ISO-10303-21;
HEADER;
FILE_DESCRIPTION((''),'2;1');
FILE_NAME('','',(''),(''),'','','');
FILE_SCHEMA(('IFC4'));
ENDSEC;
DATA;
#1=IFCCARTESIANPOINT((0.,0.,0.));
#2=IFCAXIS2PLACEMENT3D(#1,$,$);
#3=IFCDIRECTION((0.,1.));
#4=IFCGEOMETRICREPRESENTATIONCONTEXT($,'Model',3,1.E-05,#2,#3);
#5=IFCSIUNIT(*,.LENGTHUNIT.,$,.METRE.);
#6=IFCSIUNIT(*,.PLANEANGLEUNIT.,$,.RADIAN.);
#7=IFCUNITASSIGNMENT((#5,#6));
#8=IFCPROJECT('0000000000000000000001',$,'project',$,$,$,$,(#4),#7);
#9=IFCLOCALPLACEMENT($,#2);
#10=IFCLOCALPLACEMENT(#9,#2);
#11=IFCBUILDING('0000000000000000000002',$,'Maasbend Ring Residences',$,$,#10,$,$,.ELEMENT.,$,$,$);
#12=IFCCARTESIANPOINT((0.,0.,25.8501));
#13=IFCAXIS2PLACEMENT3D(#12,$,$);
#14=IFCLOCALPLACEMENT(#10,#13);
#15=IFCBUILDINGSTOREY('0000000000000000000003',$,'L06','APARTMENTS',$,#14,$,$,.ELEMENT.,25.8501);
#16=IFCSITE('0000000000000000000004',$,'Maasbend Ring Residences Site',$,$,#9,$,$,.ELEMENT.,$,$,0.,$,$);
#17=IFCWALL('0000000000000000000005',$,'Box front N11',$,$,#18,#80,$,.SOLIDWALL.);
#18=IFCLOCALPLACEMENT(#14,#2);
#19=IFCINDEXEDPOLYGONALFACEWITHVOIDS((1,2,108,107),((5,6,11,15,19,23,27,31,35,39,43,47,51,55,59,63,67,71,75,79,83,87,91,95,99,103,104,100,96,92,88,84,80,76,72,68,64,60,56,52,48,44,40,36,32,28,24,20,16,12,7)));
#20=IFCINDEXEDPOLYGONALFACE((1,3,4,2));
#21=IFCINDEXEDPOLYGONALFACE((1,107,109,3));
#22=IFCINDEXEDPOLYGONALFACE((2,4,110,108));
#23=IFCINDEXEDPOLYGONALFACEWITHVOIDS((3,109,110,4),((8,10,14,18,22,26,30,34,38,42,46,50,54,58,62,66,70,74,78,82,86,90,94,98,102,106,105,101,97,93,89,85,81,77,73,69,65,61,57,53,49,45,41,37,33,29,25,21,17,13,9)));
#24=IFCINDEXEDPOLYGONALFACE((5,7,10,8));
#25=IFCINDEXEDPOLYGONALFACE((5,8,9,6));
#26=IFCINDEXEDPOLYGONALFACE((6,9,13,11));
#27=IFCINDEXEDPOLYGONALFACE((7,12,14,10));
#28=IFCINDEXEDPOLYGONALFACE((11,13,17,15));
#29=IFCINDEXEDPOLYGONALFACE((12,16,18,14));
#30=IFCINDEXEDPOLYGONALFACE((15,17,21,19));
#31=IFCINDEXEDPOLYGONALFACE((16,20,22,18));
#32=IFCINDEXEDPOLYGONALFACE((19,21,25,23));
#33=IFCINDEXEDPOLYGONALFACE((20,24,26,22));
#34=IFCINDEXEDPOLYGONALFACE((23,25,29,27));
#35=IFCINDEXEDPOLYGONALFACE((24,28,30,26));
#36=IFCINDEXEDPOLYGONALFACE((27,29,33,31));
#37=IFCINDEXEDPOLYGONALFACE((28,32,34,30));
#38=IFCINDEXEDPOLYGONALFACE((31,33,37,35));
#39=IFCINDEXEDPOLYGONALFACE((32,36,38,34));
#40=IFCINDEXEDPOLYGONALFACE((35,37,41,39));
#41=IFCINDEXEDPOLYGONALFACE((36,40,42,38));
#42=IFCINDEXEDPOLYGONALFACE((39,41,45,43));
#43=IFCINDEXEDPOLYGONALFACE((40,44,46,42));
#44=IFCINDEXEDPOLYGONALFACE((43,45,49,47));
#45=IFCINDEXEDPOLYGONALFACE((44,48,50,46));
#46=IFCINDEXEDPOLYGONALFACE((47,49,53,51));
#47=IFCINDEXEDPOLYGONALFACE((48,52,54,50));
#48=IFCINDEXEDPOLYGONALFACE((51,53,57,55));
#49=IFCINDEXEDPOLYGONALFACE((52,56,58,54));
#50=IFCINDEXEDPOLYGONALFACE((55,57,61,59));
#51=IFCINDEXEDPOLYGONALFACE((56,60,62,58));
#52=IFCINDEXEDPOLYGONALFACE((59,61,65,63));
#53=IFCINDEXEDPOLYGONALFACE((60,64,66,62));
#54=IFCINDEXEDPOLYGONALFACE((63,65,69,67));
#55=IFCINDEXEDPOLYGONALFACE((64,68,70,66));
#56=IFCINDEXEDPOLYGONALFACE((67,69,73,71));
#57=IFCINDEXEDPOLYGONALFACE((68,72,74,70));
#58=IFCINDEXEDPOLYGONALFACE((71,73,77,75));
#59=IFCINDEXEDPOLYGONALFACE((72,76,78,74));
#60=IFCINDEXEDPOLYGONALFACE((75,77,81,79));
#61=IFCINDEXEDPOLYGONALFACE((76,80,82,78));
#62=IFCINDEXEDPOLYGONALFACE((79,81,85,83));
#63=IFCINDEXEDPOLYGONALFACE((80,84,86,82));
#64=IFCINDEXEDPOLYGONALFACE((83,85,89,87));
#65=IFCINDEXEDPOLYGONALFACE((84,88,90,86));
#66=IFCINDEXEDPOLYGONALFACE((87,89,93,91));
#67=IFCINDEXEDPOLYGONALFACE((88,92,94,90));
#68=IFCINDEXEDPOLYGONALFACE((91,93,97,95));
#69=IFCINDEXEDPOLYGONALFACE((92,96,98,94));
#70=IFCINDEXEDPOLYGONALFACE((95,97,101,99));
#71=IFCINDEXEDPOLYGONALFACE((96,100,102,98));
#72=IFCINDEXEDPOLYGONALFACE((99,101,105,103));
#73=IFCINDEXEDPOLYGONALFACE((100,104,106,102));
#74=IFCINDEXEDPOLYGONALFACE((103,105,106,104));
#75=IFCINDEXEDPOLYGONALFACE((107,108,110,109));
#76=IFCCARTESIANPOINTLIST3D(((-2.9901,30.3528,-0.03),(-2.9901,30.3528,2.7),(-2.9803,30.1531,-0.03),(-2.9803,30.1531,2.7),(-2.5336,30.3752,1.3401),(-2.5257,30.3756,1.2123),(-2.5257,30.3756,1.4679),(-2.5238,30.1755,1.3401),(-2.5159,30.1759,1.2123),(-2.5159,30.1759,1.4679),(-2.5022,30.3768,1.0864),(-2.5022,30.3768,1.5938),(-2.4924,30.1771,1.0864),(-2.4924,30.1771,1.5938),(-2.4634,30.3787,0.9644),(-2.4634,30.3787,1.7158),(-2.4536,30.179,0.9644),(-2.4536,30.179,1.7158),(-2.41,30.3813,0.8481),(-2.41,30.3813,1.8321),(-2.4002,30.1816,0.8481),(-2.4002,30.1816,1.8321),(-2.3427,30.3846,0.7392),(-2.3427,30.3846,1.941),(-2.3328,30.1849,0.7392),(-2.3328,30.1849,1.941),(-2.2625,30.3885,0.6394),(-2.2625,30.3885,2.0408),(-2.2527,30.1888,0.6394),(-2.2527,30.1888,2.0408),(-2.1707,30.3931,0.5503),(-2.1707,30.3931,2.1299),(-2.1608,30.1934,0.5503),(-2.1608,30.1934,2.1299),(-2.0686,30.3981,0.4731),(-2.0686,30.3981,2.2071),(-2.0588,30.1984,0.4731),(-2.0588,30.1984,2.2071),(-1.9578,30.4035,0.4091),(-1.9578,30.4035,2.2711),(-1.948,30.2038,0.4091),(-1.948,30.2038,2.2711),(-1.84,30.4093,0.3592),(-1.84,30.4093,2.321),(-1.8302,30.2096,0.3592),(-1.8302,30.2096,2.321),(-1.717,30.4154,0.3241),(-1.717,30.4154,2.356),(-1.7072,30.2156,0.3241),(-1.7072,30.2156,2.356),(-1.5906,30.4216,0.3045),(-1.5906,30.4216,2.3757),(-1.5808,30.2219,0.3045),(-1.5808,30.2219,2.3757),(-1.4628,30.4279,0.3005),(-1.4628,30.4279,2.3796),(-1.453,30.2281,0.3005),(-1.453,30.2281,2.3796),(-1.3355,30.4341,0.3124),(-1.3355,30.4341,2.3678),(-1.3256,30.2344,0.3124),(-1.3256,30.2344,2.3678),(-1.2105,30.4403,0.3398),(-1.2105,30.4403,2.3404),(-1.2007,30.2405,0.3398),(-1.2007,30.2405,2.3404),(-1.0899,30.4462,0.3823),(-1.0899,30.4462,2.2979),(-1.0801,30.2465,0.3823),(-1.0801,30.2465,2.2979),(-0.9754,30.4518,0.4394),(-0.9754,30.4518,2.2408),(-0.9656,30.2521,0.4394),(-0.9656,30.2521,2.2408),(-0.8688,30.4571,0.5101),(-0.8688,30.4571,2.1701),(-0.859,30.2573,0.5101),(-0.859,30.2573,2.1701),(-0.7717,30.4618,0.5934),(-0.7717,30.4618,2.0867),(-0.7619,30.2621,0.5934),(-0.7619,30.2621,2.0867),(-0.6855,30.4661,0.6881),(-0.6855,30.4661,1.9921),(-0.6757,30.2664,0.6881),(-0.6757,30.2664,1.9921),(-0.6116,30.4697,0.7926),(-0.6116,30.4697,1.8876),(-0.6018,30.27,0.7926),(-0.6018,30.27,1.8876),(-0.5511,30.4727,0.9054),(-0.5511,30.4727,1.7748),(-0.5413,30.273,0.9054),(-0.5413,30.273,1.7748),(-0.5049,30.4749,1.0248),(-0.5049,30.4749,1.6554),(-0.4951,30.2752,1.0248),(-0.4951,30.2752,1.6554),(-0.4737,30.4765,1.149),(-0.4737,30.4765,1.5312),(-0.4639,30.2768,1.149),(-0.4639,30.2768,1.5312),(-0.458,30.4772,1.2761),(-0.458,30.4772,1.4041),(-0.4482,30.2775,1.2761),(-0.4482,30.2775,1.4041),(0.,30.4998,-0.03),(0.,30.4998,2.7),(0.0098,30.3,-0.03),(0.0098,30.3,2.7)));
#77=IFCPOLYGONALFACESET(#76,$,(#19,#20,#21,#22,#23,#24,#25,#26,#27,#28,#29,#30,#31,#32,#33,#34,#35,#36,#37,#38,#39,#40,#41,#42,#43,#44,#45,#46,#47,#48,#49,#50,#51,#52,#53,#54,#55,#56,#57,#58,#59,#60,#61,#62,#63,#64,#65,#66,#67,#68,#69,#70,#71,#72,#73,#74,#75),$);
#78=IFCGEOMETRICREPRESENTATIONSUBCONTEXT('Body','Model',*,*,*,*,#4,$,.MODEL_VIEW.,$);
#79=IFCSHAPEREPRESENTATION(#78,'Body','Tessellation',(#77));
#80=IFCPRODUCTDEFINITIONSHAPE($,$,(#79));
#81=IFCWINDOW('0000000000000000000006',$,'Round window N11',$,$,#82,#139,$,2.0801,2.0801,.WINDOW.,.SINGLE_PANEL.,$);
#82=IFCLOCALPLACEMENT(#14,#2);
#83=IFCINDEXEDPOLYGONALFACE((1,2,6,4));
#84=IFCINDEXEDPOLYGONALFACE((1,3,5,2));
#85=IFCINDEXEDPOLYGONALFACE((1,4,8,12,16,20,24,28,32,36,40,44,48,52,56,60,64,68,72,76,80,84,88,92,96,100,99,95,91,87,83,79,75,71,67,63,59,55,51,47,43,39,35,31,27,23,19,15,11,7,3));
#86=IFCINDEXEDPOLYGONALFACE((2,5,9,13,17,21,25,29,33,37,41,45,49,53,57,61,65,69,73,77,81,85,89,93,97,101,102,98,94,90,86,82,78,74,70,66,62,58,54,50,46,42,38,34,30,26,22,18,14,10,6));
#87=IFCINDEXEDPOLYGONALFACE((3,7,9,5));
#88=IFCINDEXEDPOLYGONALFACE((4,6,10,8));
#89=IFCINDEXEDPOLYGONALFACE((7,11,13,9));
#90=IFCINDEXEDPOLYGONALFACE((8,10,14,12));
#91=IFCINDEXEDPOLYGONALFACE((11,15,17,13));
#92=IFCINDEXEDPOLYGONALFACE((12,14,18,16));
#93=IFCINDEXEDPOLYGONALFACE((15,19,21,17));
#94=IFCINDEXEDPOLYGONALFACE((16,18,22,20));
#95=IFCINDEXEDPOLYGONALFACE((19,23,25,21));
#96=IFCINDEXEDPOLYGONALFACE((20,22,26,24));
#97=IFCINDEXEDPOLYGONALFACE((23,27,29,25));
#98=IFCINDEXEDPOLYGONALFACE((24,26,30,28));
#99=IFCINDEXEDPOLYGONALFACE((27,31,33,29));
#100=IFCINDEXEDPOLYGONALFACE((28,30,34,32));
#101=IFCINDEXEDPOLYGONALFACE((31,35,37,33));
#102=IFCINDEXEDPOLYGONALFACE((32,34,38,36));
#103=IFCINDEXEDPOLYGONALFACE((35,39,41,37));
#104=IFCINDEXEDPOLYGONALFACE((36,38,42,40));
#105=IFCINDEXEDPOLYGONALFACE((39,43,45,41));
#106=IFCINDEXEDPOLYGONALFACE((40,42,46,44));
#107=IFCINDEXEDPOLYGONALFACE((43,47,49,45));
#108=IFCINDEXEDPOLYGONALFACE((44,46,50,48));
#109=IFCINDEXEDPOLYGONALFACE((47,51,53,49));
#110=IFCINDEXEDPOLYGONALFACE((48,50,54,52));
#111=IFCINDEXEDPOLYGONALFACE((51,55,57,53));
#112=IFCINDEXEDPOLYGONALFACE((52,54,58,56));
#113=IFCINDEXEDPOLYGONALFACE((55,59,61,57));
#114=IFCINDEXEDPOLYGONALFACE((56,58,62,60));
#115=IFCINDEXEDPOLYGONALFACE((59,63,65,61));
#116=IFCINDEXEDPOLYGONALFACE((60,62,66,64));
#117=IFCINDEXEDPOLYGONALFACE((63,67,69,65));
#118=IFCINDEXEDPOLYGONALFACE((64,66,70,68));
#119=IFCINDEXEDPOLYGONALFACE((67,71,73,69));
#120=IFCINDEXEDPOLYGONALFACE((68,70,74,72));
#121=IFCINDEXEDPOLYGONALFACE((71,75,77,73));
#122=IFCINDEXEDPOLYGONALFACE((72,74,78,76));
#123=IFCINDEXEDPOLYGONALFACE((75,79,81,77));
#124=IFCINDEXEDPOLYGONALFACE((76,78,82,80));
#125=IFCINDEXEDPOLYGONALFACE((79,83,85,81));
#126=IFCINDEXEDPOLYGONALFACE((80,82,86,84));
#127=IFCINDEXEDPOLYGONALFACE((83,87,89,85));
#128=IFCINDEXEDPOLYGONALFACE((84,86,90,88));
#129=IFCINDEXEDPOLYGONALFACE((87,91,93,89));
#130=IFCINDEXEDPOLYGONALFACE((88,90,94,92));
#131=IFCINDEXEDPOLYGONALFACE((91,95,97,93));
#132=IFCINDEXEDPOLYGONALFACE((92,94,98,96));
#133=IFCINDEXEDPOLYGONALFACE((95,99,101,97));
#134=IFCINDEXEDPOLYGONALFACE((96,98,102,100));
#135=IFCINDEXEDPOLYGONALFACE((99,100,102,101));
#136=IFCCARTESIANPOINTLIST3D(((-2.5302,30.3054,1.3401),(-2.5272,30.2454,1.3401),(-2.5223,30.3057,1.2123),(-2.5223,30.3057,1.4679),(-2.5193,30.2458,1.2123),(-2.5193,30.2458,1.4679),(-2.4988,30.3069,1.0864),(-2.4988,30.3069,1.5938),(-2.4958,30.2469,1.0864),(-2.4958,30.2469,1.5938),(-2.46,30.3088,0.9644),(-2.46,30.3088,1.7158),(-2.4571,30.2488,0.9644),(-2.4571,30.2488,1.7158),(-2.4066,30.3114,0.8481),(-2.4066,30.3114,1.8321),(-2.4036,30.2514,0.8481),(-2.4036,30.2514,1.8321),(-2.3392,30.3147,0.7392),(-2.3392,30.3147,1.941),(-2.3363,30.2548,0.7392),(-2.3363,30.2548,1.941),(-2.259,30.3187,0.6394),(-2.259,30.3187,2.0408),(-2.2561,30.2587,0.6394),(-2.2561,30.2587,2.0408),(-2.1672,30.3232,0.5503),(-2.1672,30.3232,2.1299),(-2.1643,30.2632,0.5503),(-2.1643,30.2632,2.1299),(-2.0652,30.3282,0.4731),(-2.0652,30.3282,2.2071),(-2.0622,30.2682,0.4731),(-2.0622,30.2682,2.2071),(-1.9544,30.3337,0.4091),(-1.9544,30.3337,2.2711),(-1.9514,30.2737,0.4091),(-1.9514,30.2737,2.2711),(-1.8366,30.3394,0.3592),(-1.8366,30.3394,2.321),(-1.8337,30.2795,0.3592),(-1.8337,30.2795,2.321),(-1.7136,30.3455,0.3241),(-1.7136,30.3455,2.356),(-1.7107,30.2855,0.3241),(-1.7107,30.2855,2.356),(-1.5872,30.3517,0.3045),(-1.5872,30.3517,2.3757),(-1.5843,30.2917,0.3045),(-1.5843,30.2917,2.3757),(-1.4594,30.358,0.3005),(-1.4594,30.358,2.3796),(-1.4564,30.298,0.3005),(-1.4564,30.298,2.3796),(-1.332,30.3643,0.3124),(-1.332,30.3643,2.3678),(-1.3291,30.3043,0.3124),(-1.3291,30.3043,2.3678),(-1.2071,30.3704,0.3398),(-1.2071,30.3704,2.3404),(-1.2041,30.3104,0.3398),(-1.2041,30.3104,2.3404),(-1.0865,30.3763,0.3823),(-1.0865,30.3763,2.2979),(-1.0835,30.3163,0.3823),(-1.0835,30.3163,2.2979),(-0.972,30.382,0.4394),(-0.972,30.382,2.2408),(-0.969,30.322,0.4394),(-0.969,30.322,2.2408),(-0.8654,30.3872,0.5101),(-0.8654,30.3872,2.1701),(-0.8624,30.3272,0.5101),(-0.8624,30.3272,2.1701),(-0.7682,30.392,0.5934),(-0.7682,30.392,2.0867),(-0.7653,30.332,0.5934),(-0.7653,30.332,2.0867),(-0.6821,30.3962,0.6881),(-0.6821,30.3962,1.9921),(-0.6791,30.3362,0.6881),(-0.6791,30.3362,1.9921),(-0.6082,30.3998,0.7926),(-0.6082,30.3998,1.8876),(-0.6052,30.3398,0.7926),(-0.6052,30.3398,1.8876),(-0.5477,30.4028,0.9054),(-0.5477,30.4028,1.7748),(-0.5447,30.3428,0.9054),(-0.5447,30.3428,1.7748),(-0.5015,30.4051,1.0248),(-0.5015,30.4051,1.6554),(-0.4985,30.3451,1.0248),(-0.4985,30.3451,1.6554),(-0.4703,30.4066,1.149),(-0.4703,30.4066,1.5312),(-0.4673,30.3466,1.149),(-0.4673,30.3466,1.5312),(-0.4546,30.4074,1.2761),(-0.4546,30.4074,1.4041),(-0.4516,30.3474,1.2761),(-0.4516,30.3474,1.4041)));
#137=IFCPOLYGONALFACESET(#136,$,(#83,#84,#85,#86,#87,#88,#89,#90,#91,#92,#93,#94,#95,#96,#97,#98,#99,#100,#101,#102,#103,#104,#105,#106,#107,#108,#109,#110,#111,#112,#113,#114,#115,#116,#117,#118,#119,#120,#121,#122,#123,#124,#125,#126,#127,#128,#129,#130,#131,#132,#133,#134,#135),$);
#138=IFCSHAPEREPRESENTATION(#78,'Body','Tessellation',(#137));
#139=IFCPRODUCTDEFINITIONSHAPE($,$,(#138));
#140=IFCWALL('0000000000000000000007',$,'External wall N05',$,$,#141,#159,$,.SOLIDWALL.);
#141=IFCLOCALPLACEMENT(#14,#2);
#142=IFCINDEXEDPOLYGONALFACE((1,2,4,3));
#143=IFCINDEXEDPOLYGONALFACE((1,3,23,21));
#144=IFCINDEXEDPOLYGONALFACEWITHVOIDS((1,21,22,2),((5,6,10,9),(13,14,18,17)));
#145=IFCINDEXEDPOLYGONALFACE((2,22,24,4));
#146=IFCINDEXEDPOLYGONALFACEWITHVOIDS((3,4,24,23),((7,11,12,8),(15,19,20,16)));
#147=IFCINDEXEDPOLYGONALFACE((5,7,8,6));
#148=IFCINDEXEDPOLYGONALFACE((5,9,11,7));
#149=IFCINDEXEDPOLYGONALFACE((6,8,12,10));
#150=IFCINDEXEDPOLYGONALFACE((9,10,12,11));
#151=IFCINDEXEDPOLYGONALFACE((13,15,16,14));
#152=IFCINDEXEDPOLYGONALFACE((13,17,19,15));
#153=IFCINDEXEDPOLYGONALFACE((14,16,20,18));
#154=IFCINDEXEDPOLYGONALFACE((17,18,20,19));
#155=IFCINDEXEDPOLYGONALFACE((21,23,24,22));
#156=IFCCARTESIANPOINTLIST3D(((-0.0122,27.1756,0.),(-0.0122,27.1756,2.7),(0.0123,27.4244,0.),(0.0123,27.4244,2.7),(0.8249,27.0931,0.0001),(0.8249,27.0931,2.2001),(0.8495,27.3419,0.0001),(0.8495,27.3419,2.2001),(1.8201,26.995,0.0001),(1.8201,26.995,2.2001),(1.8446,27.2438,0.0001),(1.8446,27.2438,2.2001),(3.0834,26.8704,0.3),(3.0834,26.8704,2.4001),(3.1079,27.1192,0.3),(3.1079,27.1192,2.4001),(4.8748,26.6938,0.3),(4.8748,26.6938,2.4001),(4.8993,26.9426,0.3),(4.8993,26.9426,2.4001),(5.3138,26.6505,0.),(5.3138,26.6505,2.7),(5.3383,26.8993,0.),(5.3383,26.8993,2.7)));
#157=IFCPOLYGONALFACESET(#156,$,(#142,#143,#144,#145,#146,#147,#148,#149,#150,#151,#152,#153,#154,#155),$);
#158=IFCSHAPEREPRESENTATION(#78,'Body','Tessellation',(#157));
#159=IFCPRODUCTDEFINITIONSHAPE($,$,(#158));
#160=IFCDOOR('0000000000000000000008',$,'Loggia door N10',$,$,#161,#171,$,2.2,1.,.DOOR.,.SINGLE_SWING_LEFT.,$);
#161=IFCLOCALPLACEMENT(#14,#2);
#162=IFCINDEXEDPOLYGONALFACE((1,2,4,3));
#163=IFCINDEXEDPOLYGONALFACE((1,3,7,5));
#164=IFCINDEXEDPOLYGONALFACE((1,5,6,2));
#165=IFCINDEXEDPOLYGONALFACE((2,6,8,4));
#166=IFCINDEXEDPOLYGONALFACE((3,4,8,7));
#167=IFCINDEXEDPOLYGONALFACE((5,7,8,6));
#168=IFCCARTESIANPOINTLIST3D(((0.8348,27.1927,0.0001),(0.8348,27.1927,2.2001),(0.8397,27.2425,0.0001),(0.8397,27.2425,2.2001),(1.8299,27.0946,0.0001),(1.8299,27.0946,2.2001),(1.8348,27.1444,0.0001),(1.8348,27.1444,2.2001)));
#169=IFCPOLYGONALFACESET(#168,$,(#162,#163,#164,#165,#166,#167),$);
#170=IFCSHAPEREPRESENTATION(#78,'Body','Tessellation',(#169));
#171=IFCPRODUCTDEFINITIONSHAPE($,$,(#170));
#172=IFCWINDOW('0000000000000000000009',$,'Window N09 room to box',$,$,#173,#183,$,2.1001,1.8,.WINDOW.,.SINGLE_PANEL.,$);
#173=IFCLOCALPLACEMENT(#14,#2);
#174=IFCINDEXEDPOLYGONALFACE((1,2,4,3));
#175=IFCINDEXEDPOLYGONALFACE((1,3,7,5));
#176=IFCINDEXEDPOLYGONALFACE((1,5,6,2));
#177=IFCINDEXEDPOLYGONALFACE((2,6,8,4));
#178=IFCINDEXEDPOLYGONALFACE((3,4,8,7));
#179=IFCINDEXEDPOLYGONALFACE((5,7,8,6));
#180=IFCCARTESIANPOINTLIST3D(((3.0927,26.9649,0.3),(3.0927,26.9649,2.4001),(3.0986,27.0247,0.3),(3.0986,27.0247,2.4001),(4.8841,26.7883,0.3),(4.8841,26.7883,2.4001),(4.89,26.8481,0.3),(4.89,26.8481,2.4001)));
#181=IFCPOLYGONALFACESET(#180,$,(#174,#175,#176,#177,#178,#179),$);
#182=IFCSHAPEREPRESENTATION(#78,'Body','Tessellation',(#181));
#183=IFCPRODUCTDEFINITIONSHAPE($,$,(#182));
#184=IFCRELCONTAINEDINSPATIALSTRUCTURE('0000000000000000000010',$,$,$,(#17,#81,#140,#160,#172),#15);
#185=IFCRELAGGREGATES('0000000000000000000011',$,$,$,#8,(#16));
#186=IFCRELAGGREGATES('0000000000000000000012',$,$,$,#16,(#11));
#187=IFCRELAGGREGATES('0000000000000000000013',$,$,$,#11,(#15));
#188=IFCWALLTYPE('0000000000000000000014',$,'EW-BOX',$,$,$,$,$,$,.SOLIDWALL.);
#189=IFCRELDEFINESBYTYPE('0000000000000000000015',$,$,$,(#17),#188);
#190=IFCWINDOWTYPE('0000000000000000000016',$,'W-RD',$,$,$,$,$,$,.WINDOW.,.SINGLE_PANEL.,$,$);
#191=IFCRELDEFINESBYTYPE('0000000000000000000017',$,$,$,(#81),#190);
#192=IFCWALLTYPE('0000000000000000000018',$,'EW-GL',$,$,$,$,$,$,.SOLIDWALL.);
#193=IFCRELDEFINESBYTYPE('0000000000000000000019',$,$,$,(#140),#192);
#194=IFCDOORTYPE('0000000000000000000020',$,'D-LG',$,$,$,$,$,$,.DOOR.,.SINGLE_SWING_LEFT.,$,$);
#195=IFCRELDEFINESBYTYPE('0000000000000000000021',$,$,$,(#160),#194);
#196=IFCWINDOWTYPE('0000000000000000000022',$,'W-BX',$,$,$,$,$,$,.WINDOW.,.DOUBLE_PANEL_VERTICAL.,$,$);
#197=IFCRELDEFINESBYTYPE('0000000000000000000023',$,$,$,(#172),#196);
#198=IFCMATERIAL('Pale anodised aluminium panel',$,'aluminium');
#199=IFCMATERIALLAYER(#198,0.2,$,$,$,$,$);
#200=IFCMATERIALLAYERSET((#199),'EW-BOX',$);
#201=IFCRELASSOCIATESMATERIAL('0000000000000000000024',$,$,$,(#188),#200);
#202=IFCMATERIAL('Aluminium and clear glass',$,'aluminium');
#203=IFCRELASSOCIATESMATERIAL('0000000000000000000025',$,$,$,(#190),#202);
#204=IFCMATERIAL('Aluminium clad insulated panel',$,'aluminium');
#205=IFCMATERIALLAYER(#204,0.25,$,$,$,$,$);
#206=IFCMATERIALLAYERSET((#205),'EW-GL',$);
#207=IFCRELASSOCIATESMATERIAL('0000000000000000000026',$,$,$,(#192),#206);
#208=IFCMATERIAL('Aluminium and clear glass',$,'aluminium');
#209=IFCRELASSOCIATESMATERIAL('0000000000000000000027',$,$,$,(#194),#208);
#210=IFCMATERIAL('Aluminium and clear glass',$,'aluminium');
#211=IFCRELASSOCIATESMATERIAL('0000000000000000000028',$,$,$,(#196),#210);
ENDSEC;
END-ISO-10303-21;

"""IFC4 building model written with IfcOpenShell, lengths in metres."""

from ifc_helpers import new_model, si_unit, direction, frame, frame_2d, origin, place, context, subcontext, project, spatial, rectangle, circle, extrude, material, layer, layer_set, type_object, element, fill, save


model = new_model("IFC4")

# Units and contexts
model_context = context("Model", 3, precision=1e-05, world=origin(), true_north=direction((0.0, 1.0)))
body_context = subcontext(model_context, "Body", "Model", "MODEL_VIEW")
ifc_project = project(units=[si_unit("LENGTHUNIT", "METRE"), si_unit("PLANEANGLEUNIT", "RADIAN")], contexts=[model_context])

# Site, building, storey
site_placement = place(None, origin())
site = spatial("IfcSite", under=ifc_project, at=site_placement, Name="Maasbend Ring Residences Site", CompositionType="ELEMENT", RefElevation=0.0)
building_placement = place(site_placement, origin())
building = spatial("IfcBuilding", under=site, at=building_placement, Name="Maasbend Ring Residences", CompositionType="ELEMENT")
storey_placement = place(building_placement, frame((0.0, 0.0, 25.8501)))
storey = spatial("IfcBuildingStorey", under=building, at=storey_placement, Name="L06", Description="APARTMENTS", CompositionType="ELEMENT", Elevation=25.8501)

# Shared definitions
ifc_material_1 = material(Name="Pale anodised aluminium panel", Category="aluminium")
ifc_layer_1 = layer(ifc_material_1, 0.2)
ifc_layer_set_1 = layer_set([ifc_layer_1], Name="EW-BOX")
wall_type_1 = type_object("IfcWallType", Name="EW-BOX", PredefinedType="SOLIDWALL", material=ifc_layer_set_1)

# Shared definitions
ifc_material_2 = material(Name="Aluminium and clear glass", Category="aluminium")
window_type_1 = type_object("IfcWindowType", Name="W-RD", PartitioningType="SINGLE_PANEL", PredefinedType="WINDOW", material=ifc_material_2)

# Wall, opening, window
wall_1_placement = place(storey_placement, frame((0.0049, 30.3999, -0.03), z_axis=(0.0, 0.0, 1.0), x_axis=(-0.998794, -0.049096, 0.0)))
wall_1 = element("IfcWall", 1, at=wall_1_placement, inside=storey, type_object=wall_type_1, Name="Box front N11", PredefinedType="SOLIDWALL", context=body_context, shape_type="SweptSolid", body=[
    extrude(rectangle(XDim=2.9937, YDim=0.2, at=frame_2d((1.4968, 0.0))), origin(), (0.0, 0.0, 1.0), 2.73),
])
opening_1_placement = place(wall_1_placement, frame((0.4565, 0.0, 0.3301)))
opening_1 = element("IfcOpeningElement", 2, at=opening_1_placement, cuts=wall_1, PredefinedType="OPENING", context=body_context, shape_type="SweptSolid", body=[
    extrude(circle(Radius=1.04, at=frame_2d((1.04, 1.04))), frame((0.0, 0.1099, 0.0), z_axis=(0.0, -1.0, 0.0), x_axis=(1.0, 0.0, 0.0)), (0.0, 0.0, 1.0), 0.22),
])
window_1_placement = place(opening_1_placement, origin())
window_1 = element("IfcWindow", 3, at=window_1_placement, inside=storey, type_object=window_type_1, Name="Round window N11", OverallHeight=2.0801, OverallWidth=2.0801, PartitioningType="SINGLE_PANEL", PredefinedType="WINDOW", context=body_context, shape_type="SweptSolid", body=[
    extrude(circle(Radius=1.04, at=frame_2d((1.04, 1.04))), frame((0.0, 0.03, 0.0), z_axis=(0.0, -1.0, 0.0), x_axis=(1.0, 0.0, 0.0)), (0.0, 0.0, 1.0), 0.0601),
])
fill(opening_1, window_1)

# Wall, openings, door, window
ifc_material_3 = material(Name="Aluminium clad insulated panel", Category="aluminium")
ifc_layer_2 = layer(ifc_material_3, 0.25)
ifc_layer_set_2 = layer_set([ifc_layer_2], Name="EW-GL")
wall_type_2 = type_object("IfcWallType", Name="EW-GL", PredefinedType="SOLIDWALL", material=ifc_layer_set_2)
wall_2_placement = place(storey_placement, frame((5.3259, 26.7749, 0.0), z_axis=(0.0, 0.0, 1.0), x_axis=(-0.995174, 0.098126, 0.0)))
wall_2 = element("IfcWall", 4, at=wall_2_placement, inside=storey, type_object=wall_type_2, Name="External wall N05", PredefinedType="SOLIDWALL", context=body_context, shape_type="SweptSolid", body=[
    extrude(rectangle(XDim=5.3518, YDim=0.25, at=frame_2d((2.6758, 0.0))), origin(), (0.0, 0.0, 1.0), 2.7),
])
opening_2_placement = place(wall_2_placement, frame((0.4412, 0.0, 0.3)))
opening_2 = element("IfcOpeningElement", 5, at=opening_2_placement, cuts=wall_2, PredefinedType="OPENING", context=body_context, shape_type="SweptSolid", body=[
    extrude(rectangle(XDim=1.8, YDim=2.1001, at=frame_2d((0.8999, 1.05))), frame((0.0, 0.135, 0.0), z_axis=(0.0, -1.0, 0.0), x_axis=(1.0, 0.0, 0.0)), (0.0, 0.0, 1.0), 0.27),
])
opening_3_placement = place(wall_2_placement, frame((3.5105, 0.0, 0.0)))
opening_3 = element("IfcOpeningElement", 6, at=opening_3_placement, cuts=wall_2, PredefinedType="OPENING", context=body_context, shape_type="SweptSolid", body=[
    extrude(rectangle(XDim=1.0, YDim=2.2, at=frame_2d((0.5, 1.1001))), frame((0.0, 0.135, 0.0), z_axis=(0.0, -1.0, 0.0), x_axis=(1.0, 0.0, 0.0)), (0.0, 0.0, 1.0), 0.27),
])
ifc_material_4 = material(Name="Aluminium and clear glass", Category="aluminium")
door_type_1 = type_object("IfcDoorType", Name="D-LG", OperationType="SINGLE_SWING_LEFT", PredefinedType="DOOR", material=ifc_material_4)
door_1_placement = place(opening_3_placement, origin())
door_1 = element("IfcDoor", 7, at=door_1_placement, inside=storey, type_object=door_type_1, Name="Loggia door N10", OperationType="SINGLE_SWING_LEFT", OverallHeight=2.2, OverallWidth=1.0, PredefinedType="DOOR", context=body_context, shape_type="SweptSolid", body=[
    extrude(rectangle(XDim=1.0, YDim=2.2, at=frame_2d((0.5, 1.1001))), frame((0.0, 0.0249, 0.0), z_axis=(0.0, -1.0, 0.0), x_axis=(1.0, 0.0, 0.0)), (0.0, 0.0, 1.0), 0.05),
])
fill(opening_3, door_1)
ifc_material_5 = material(Name="Aluminium and clear glass", Category="aluminium")
window_type_2 = type_object("IfcWindowType", Name="W-BX", PartitioningType="DOUBLE_PANEL_VERTICAL", PredefinedType="WINDOW", material=ifc_material_5)
window_2_placement = place(opening_2_placement, origin())
window_2 = element("IfcWindow", 8, at=window_2_placement, inside=storey, type_object=window_type_2, Name="Window N09 room to box", OverallHeight=2.1001, OverallWidth=1.8, PartitioningType="SINGLE_PANEL", PredefinedType="WINDOW", context=body_context, shape_type="SweptSolid", body=[
    extrude(rectangle(XDim=1.8, YDim=2.1001, at=frame_2d((0.8999, 1.05))), frame((0.0, 0.03, 0.0), z_axis=(0.0, -1.0, 0.0), x_axis=(1.0, 0.0, 0.0)), (0.0, 0.0, 1.0), 0.0601),
])
fill(opening_2, window_2)

save(model, "model.ifc")
